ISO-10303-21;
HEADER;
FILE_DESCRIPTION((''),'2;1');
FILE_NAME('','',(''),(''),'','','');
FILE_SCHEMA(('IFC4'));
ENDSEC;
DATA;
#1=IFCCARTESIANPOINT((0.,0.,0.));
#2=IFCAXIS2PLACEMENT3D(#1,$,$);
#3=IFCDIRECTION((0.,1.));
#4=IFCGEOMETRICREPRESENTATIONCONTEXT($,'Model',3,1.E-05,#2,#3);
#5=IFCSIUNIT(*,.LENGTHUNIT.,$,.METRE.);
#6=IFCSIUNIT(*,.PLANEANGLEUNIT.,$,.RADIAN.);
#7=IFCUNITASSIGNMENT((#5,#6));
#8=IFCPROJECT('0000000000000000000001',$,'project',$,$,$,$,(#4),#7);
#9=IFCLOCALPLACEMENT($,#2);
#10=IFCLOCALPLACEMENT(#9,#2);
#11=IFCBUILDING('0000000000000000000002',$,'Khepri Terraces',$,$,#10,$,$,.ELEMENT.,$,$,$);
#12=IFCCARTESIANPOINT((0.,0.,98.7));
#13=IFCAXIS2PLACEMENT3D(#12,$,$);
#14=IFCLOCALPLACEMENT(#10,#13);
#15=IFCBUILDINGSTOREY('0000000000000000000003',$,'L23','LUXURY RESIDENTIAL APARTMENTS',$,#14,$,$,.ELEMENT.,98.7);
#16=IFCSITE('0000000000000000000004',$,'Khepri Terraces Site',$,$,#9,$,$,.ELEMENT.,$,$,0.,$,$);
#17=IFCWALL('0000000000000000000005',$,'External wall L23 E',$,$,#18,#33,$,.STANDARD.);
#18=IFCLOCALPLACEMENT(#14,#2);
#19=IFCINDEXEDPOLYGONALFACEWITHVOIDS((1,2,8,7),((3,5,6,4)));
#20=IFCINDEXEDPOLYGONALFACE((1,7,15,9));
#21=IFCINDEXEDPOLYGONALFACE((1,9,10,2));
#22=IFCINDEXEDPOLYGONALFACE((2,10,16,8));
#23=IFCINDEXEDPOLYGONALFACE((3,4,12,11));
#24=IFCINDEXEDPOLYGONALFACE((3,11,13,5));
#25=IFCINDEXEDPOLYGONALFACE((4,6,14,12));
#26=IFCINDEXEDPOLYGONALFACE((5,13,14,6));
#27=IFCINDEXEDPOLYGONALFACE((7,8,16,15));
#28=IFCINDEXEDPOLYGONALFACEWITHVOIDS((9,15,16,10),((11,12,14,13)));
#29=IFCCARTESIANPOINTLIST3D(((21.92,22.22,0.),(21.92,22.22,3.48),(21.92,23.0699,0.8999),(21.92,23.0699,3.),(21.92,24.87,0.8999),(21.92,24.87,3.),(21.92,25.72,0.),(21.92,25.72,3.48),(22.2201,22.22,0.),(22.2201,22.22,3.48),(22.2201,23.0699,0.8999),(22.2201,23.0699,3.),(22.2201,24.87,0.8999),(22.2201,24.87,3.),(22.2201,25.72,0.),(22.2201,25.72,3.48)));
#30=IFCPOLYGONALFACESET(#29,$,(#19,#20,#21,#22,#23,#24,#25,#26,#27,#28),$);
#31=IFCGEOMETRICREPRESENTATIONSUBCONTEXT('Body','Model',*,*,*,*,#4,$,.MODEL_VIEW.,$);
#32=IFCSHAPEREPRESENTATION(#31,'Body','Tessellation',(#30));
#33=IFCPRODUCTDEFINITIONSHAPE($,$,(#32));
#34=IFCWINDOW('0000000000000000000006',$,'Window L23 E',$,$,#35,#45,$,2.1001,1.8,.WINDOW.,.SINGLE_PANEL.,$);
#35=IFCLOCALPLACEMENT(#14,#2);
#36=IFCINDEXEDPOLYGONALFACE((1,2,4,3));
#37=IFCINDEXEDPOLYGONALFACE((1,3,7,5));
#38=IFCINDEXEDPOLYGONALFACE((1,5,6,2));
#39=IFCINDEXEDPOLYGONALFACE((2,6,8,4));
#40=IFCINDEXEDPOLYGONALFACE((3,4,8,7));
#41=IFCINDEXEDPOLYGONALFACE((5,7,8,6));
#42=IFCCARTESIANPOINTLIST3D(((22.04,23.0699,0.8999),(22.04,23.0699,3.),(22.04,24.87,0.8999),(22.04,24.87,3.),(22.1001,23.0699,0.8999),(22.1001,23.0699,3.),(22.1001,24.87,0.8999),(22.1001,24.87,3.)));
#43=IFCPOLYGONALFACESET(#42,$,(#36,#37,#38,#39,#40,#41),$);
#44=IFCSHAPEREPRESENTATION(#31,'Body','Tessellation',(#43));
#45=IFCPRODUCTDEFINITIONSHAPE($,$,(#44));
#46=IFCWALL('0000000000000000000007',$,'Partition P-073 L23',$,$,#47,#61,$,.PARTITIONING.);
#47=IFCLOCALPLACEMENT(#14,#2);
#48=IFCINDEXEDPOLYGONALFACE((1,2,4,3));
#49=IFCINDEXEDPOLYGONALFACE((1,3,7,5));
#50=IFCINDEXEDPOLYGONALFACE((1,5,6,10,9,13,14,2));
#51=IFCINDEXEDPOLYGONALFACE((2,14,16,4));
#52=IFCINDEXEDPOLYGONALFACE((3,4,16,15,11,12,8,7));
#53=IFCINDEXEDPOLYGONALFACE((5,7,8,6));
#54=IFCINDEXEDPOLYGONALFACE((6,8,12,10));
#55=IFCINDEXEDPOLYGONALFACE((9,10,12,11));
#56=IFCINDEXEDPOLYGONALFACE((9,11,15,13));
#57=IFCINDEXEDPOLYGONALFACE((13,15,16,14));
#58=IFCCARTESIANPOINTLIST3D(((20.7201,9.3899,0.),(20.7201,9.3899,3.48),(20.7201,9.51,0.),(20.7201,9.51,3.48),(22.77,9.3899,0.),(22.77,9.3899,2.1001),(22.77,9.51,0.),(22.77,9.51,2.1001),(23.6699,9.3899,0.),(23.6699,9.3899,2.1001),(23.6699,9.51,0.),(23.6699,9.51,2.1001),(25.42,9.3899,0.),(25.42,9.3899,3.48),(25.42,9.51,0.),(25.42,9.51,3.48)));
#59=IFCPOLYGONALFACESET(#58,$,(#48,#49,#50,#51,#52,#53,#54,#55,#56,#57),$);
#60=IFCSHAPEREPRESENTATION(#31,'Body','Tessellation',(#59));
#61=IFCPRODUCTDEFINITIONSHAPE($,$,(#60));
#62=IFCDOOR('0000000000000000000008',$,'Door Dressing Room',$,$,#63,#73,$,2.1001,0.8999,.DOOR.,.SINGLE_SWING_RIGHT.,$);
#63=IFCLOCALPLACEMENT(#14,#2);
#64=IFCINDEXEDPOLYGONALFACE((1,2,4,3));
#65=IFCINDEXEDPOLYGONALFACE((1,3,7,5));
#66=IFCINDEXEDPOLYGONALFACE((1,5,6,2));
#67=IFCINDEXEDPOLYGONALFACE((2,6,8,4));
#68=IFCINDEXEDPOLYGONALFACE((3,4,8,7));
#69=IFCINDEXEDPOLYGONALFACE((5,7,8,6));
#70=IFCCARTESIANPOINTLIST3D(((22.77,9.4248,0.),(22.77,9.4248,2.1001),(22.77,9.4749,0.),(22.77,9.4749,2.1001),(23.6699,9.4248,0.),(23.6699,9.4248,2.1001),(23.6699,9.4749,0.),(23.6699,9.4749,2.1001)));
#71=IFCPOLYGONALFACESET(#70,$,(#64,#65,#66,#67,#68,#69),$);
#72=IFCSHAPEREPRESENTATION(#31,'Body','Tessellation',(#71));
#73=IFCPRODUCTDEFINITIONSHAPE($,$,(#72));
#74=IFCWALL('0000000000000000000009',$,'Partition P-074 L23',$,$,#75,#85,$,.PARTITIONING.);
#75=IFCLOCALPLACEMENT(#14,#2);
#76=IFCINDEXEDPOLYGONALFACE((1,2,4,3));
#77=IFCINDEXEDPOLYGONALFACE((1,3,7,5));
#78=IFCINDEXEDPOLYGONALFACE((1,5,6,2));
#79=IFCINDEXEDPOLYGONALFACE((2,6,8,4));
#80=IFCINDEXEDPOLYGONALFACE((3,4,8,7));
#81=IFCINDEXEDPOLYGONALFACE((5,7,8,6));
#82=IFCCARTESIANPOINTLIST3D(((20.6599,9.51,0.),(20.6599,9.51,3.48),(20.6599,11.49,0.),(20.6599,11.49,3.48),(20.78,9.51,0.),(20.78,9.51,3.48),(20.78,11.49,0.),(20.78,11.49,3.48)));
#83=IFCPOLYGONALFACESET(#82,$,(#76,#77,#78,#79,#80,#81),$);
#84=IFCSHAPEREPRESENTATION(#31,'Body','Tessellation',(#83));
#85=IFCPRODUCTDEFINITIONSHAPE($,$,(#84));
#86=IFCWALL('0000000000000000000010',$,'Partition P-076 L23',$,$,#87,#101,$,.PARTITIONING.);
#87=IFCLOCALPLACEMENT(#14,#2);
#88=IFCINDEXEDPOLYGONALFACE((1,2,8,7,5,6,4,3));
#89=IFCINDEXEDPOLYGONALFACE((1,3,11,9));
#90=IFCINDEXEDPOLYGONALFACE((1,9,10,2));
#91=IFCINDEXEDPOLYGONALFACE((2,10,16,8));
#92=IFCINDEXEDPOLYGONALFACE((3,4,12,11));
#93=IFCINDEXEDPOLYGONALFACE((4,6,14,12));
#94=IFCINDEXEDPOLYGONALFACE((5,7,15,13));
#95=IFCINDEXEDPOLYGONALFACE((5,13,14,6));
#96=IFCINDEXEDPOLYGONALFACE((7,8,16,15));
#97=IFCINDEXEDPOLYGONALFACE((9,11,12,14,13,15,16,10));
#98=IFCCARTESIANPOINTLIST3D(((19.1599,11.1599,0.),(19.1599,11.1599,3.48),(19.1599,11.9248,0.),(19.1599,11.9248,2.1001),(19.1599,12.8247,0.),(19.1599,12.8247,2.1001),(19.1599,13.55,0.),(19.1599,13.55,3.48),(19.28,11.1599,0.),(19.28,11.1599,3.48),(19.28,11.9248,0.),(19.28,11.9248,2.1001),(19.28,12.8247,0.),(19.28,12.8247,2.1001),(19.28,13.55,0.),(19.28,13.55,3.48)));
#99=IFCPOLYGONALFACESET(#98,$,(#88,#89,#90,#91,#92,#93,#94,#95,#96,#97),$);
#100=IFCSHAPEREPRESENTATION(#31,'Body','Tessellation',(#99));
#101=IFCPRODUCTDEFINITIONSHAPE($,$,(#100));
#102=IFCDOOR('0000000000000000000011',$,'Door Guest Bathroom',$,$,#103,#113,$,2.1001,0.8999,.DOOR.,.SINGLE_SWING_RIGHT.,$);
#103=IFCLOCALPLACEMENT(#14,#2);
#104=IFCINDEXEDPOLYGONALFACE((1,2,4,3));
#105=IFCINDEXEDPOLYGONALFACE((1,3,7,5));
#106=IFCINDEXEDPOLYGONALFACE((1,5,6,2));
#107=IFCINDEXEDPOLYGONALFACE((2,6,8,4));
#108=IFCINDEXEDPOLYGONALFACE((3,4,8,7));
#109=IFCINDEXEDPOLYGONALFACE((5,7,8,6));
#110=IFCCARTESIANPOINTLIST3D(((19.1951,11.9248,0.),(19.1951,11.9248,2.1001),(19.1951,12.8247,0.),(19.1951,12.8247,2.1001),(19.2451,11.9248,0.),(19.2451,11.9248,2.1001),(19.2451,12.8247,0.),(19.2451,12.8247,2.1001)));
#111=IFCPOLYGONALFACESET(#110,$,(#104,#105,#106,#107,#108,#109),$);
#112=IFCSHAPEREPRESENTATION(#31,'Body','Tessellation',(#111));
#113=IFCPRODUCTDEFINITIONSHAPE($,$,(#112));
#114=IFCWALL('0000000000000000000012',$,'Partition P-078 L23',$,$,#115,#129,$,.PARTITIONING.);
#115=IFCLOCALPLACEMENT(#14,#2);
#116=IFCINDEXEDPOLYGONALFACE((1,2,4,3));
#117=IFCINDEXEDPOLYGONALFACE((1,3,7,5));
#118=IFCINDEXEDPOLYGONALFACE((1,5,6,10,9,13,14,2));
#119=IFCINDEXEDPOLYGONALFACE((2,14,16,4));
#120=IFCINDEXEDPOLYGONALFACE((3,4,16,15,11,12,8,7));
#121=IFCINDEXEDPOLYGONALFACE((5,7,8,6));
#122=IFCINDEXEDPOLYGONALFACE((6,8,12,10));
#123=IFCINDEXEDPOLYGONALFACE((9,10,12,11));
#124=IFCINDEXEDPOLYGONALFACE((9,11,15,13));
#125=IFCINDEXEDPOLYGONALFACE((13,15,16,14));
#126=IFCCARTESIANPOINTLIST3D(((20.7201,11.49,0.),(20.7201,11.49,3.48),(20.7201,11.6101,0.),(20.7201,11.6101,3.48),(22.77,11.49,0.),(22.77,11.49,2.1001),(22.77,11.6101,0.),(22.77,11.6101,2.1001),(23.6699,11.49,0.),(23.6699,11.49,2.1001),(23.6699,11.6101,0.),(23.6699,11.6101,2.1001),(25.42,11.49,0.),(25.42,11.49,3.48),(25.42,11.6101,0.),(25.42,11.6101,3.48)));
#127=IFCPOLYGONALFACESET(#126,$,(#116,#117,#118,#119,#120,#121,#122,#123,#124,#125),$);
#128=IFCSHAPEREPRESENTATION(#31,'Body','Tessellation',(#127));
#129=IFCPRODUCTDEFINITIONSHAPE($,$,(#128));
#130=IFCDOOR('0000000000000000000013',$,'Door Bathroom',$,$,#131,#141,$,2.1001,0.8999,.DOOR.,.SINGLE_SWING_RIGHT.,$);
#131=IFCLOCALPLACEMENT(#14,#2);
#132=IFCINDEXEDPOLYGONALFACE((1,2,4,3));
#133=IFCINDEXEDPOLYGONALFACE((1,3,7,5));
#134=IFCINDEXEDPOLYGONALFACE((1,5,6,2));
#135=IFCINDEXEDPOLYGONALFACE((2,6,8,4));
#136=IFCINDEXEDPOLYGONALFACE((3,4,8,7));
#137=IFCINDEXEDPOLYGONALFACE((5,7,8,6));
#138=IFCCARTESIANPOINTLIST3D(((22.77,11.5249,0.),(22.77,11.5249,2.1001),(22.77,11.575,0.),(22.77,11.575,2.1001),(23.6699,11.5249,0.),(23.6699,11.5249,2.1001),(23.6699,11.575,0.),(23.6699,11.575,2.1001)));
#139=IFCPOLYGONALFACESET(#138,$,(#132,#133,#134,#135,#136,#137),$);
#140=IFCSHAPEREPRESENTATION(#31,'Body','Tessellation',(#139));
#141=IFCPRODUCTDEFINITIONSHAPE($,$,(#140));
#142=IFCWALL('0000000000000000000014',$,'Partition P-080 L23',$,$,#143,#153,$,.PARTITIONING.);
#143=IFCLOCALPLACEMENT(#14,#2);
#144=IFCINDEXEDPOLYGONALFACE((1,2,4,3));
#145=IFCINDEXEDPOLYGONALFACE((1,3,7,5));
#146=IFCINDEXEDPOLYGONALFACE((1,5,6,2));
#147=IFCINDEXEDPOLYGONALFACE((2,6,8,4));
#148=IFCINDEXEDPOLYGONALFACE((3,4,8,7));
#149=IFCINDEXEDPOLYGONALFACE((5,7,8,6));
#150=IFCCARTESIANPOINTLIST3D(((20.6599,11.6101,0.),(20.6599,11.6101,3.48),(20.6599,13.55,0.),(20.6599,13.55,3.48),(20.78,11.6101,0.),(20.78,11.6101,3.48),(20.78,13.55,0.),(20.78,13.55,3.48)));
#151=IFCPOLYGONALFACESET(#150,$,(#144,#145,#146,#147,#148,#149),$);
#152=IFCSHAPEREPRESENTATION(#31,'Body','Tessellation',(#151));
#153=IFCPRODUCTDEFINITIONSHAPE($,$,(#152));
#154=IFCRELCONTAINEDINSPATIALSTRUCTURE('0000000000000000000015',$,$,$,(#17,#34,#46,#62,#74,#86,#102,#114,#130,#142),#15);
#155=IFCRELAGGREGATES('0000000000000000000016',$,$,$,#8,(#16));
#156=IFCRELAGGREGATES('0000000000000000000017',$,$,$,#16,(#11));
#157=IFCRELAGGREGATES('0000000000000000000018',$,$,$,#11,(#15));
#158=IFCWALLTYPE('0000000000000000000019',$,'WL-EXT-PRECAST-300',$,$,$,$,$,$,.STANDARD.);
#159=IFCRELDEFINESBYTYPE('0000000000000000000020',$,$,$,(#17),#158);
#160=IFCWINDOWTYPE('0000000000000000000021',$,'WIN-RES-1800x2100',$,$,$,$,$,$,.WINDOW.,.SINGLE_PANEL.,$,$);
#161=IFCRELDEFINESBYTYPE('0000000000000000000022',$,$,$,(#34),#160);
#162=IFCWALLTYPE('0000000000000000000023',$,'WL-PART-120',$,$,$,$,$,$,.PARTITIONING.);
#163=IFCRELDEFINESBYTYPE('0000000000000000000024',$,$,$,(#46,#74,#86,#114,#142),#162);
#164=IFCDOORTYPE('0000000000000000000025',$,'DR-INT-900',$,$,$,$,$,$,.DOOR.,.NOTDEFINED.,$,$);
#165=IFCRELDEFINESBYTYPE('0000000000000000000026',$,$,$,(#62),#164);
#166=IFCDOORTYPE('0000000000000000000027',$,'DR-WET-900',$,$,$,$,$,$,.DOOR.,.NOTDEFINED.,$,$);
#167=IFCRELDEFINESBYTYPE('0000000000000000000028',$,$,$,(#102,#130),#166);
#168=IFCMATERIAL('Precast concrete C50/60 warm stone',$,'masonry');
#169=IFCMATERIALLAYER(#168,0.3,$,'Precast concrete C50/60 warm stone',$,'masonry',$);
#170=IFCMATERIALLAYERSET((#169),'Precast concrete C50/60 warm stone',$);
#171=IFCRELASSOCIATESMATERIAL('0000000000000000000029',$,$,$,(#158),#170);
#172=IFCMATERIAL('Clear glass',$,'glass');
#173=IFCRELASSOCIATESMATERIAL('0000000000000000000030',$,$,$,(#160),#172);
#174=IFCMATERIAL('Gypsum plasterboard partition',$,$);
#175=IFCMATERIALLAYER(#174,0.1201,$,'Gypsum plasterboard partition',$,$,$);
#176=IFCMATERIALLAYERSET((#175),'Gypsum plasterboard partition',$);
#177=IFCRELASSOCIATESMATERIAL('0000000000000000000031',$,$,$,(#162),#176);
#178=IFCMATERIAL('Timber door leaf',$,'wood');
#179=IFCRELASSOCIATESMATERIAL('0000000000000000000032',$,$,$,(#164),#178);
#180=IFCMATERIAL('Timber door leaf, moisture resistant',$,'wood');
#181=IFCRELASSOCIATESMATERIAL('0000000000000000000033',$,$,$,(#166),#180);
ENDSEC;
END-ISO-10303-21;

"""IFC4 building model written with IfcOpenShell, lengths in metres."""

from ifc_helpers import new_model, si_unit, direction, frame, frame_2d, origin, place, context, subcontext, project, spatial, rectangle, extrude, material, layer, layer_set, type_object, element, fill, save


model = new_model("IFC4")

# Units and contexts
model_context = context("Model", 3, precision=1e-05, world=origin(), true_north=direction((0.0, 1.0)))
body_context = subcontext(model_context, "Body", "Model", "MODEL_VIEW")
ifc_project = project(units=[si_unit("LENGTHUNIT", "METRE"), si_unit("PLANEANGLEUNIT", "RADIAN")], contexts=[model_context])

# Site, building, storey
site_placement = place(None, origin())
site = spatial("IfcSite", under=ifc_project, at=site_placement, Name="Khepri Terraces Site", CompositionType="ELEMENT", RefElevation=0.0)
building_placement = place(site_placement, origin())
building = spatial("IfcBuilding", under=site, at=building_placement, Name="Khepri Terraces", CompositionType="ELEMENT")
storey_placement = place(building_placement, frame((0.0, 0.0, 98.7)))
storey = spatial("IfcBuildingStorey", under=building, at=storey_placement, Name="L23", Description="LUXURY RESIDENTIAL APARTMENTS", CompositionType="ELEMENT", Elevation=98.7)

# Shared definitions
ifc_material_1 = material(Name="Precast concrete C50/60 warm stone", Category="masonry")
ifc_layer_1 = layer(ifc_material_1, 0.3, Name="Precast concrete C50/60 warm stone", Category="masonry")
ifc_layer_set_1 = layer_set([ifc_layer_1], Name="Precast concrete C50/60 warm stone")
wall_type_1 = type_object("IfcWallType", Name="WL-EXT-PRECAST-300", PredefinedType="STANDARD", material=ifc_layer_set_1)
ifc_material_2 = material(Name="Clear glass", Category="glass")
window_type = type_object("IfcWindowType", Name="WIN-RES-1800x2100", PartitioningType="SINGLE_PANEL", PredefinedType="WINDOW", material=ifc_material_2)

# Wall, opening, window
wall_1_placement = place(storey_placement, frame((22.0701, 22.22, 0.0), z_axis=(0.0, 0.0, 1.0), x_axis=(0.0, 1.0, 0.0)))
wall_1 = element("IfcWall", 1, at=wall_1_placement, inside=storey, type_object=wall_type_1, Name="External wall L23 E", PredefinedType="STANDARD", context=body_context, shape_type="SweptSolid", body=[
    extrude(rectangle(XDim=3.5, YDim=0.3, at=frame_2d((1.75, 0.0))), origin(), (0.0, 0.0, 1.0), 3.48),
])
opening_1_placement = place(wall_1_placement, frame((0.8501, 0.0, 0.8999)))
opening_1 = element("IfcOpeningElement", 2, at=opening_1_placement, cuts=wall_1, PredefinedType="OPENING", context=body_context, shape_type="SweptSolid", body=[
    extrude(rectangle(XDim=1.8, YDim=2.1001, at=frame_2d((0.8999, 1.05))), frame((0.0, 0.1602, 0.0), z_axis=(0.0, -1.0, 0.0), x_axis=(1.0, 0.0, 0.0)), (0.0, 0.0, 1.0), 0.3201),
])
window_1_placement = place(opening_1_placement, origin())
window_1 = element("IfcWindow", 3, at=window_1_placement, inside=storey, type_object=window_type, Name="Window L23 E", OverallHeight=2.1001, OverallWidth=1.8, PartitioningType="SINGLE_PANEL", PredefinedType="WINDOW", context=body_context, shape_type="SweptSolid", body=[
    extrude(rectangle(XDim=1.8, YDim=2.1001, at=frame_2d((0.8999, 1.05))), frame((0.0, 0.03, 0.0), z_axis=(0.0, -1.0, 0.0), x_axis=(1.0, 0.0, 0.0)), (0.0, 0.0, 1.0), 0.0601),
])
fill(opening_1, window_1)

# Wall, opening, door
ifc_material_3 = material(Name="Gypsum plasterboard partition")
ifc_layer_2 = layer(ifc_material_3, 0.1201, Name="Gypsum plasterboard partition")
ifc_layer_set_2 = layer_set([ifc_layer_2], Name="Gypsum plasterboard partition")
wall_type_2 = type_object("IfcWallType", Name="WL-PART-120", PredefinedType="PARTITIONING", material=ifc_layer_set_2)
wall_2_placement = place(storey_placement, frame((20.72, 9.45, 0.0), z_axis=(0.0, 0.0, 1.0), x_axis=(1.0, 0.0, 0.0)))
wall_2 = element("IfcWall", 4, at=wall_2_placement, inside=storey, type_object=wall_type_2, Name="Partition P-073 L23", PredefinedType="PARTITIONING", context=body_context, shape_type="SweptSolid", body=[
    extrude(rectangle(XDim=4.7, YDim=0.1201, at=frame_2d((2.3501, 0.0))), origin(), (0.0, 0.0, 1.0), 3.48),
])
opening_2_placement = place(wall_2_placement, frame((2.05, 0.0, 0.0)))
opening_2 = element("IfcOpeningElement", 5, at=opening_2_placement, cuts=wall_2, PredefinedType="OPENING", context=body_context, shape_type="SweptSolid", body=[
    extrude(rectangle(XDim=0.8999, YDim=2.1001, at=frame_2d((0.45, 1.05))), frame((0.0, 0.0701, 0.0), z_axis=(0.0, -1.0, 0.0), x_axis=(1.0, 0.0, 0.0)), (0.0, 0.0, 1.0), 0.1401),
])
ifc_material_4 = material(Name="Timber door leaf", Category="wood")
door_type_1 = type_object("IfcDoorType", Name="DR-INT-900", OperationType="NOTDEFINED", PredefinedType="DOOR", material=ifc_material_4)
door_1_placement = place(opening_2_placement, origin())
door_1 = element("IfcDoor", 6, at=door_1_placement, inside=storey, type_object=door_type_1, Name="Door Dressing Room", OperationType="SINGLE_SWING_RIGHT", OverallHeight=2.1001, OverallWidth=0.8999, PredefinedType="DOOR", context=body_context, shape_type="SweptSolid", body=[
    extrude(rectangle(XDim=0.8999, YDim=2.1001, at=frame_2d((0.45, 1.05))), frame((0.0, 0.0249, 0.0), z_axis=(0.0, -1.0, 0.0), x_axis=(1.0, 0.0, 0.0)), (0.0, 0.0, 1.0), 0.05),
])
fill(opening_2, door_1)

# Wall
wall_3_placement = place(storey_placement, frame((20.72, 9.51, 0.0), z_axis=(0.0, 0.0, 1.0), x_axis=(0.0, 1.0, 0.0)))
element("IfcWall", 7, at=wall_3_placement, inside=storey, type_object=wall_type_2, Name="Partition P-074 L23", PredefinedType="PARTITIONING", context=body_context, shape_type="SweptSolid", body=[
    extrude(rectangle(XDim=1.98, YDim=0.1201, at=frame_2d((0.99, 0.0))), origin(), (0.0, 0.0, 1.0), 3.48),
])

# Walls, openings, doors
wall_4_placement = place(storey_placement, frame((19.22, 11.1599, 0.0), z_axis=(0.0, 0.0, 1.0), x_axis=(0.0, 1.0, 0.0)))
wall_4 = element("IfcWall", 8, at=wall_4_placement, inside=storey, type_object=wall_type_2, Name="Partition P-076 L23", PredefinedType="PARTITIONING", context=body_context, shape_type="SweptSolid", body=[
    extrude(rectangle(XDim=2.3901, YDim=0.1201, at=frame_2d((1.1951, 0.0))), origin(), (0.0, 0.0, 1.0), 3.48),
])
opening_3_placement = place(wall_4_placement, frame((0.7649, 0.0, 0.0)))
opening_3 = element("IfcOpeningElement", 9, at=opening_3_placement, cuts=wall_4, PredefinedType="OPENING", context=body_context, shape_type="SweptSolid", body=[
    extrude(rectangle(XDim=0.8999, YDim=2.1001, at=frame_2d((0.45, 1.05))), frame((0.0, 0.0701, 0.0), z_axis=(0.0, -1.0, 0.0), x_axis=(1.0, 0.0, 0.0)), (0.0, 0.0, 1.0), 0.1401),
])
ifc_material_5 = material(Name="Timber door leaf, moisture resistant", Category="wood")
door_type_2 = type_object("IfcDoorType", Name="DR-WET-900", OperationType="NOTDEFINED", PredefinedType="DOOR", material=ifc_material_5)
door_2_placement = place(opening_3_placement, origin())
door_2 = element("IfcDoor", 10, at=door_2_placement, inside=storey, type_object=door_type_2, Name="Door Guest Bathroom", OperationType="SINGLE_SWING_RIGHT", OverallHeight=2.1001, OverallWidth=0.8999, PredefinedType="DOOR", context=body_context, shape_type="SweptSolid", body=[
    extrude(rectangle(XDim=0.8999, YDim=2.1001, at=frame_2d((0.45, 1.05))), frame((0.0, 0.0249, 0.0), z_axis=(0.0, -1.0, 0.0), x_axis=(1.0, 0.0, 0.0)), (0.0, 0.0, 1.0), 0.05),
])
fill(opening_3, door_2)
wall_5_placement = place(storey_placement, frame((20.72, 11.55, 0.0), z_axis=(0.0, 0.0, 1.0), x_axis=(1.0, 0.0, 0.0)))
wall_5 = element("IfcWall", 11, at=wall_5_placement, inside=storey, type_object=wall_type_2, Name="Partition P-078 L23", PredefinedType="PARTITIONING", context=body_context, shape_type="SweptSolid", body=[
    extrude(rectangle(XDim=4.7, YDim=0.1201, at=frame_2d((2.3501, 0.0))), origin(), (0.0, 0.0, 1.0), 3.48),
])
opening_4_placement = place(wall_5_placement, frame((2.05, 0.0, 0.0)))
opening_4 = element("IfcOpeningElement", 12, at=opening_4_placement, cuts=wall_5, PredefinedType="OPENING", context=body_context, shape_type="SweptSolid", body=[
    extrude(rectangle(XDim=0.8999, YDim=2.1001, at=frame_2d((0.45, 1.05))), frame((0.0, 0.0701, 0.0), z_axis=(0.0, -1.0, 0.0), x_axis=(1.0, 0.0, 0.0)), (0.0, 0.0, 1.0), 0.1401),
])
door_3_placement = place(opening_4_placement, origin())
door_3 = element("IfcDoor", 13, at=door_3_placement, inside=storey, type_object=door_type_2, Name="Door Bathroom", OperationType="SINGLE_SWING_RIGHT", OverallHeight=2.1001, OverallWidth=0.8999, PredefinedType="DOOR", context=body_context, shape_type="SweptSolid", body=[
    extrude(rectangle(XDim=0.8999, YDim=2.1001, at=frame_2d((0.45, 1.05))), frame((0.0, 0.0249, 0.0), z_axis=(0.0, -1.0, 0.0), x_axis=(1.0, 0.0, 0.0)), (0.0, 0.0, 1.0), 0.05),
])
fill(opening_4, door_3)

# Wall
wall_6_placement = place(storey_placement, frame((20.72, 11.6101, 0.0), z_axis=(0.0, 0.0, 1.0), x_axis=(0.0, 1.0, 0.0)))
element("IfcWall", 14, at=wall_6_placement, inside=storey, type_object=wall_type_2, Name="Partition P-080 L23", PredefinedType="PARTITIONING", context=body_context, shape_type="SweptSolid", body=[
    extrude(rectangle(XDim=1.9399, YDim=0.1201, at=frame_2d((0.97, 0.0))), origin(), (0.0, 0.0, 1.0), 3.48),
])

save(model, "model.ifc")
